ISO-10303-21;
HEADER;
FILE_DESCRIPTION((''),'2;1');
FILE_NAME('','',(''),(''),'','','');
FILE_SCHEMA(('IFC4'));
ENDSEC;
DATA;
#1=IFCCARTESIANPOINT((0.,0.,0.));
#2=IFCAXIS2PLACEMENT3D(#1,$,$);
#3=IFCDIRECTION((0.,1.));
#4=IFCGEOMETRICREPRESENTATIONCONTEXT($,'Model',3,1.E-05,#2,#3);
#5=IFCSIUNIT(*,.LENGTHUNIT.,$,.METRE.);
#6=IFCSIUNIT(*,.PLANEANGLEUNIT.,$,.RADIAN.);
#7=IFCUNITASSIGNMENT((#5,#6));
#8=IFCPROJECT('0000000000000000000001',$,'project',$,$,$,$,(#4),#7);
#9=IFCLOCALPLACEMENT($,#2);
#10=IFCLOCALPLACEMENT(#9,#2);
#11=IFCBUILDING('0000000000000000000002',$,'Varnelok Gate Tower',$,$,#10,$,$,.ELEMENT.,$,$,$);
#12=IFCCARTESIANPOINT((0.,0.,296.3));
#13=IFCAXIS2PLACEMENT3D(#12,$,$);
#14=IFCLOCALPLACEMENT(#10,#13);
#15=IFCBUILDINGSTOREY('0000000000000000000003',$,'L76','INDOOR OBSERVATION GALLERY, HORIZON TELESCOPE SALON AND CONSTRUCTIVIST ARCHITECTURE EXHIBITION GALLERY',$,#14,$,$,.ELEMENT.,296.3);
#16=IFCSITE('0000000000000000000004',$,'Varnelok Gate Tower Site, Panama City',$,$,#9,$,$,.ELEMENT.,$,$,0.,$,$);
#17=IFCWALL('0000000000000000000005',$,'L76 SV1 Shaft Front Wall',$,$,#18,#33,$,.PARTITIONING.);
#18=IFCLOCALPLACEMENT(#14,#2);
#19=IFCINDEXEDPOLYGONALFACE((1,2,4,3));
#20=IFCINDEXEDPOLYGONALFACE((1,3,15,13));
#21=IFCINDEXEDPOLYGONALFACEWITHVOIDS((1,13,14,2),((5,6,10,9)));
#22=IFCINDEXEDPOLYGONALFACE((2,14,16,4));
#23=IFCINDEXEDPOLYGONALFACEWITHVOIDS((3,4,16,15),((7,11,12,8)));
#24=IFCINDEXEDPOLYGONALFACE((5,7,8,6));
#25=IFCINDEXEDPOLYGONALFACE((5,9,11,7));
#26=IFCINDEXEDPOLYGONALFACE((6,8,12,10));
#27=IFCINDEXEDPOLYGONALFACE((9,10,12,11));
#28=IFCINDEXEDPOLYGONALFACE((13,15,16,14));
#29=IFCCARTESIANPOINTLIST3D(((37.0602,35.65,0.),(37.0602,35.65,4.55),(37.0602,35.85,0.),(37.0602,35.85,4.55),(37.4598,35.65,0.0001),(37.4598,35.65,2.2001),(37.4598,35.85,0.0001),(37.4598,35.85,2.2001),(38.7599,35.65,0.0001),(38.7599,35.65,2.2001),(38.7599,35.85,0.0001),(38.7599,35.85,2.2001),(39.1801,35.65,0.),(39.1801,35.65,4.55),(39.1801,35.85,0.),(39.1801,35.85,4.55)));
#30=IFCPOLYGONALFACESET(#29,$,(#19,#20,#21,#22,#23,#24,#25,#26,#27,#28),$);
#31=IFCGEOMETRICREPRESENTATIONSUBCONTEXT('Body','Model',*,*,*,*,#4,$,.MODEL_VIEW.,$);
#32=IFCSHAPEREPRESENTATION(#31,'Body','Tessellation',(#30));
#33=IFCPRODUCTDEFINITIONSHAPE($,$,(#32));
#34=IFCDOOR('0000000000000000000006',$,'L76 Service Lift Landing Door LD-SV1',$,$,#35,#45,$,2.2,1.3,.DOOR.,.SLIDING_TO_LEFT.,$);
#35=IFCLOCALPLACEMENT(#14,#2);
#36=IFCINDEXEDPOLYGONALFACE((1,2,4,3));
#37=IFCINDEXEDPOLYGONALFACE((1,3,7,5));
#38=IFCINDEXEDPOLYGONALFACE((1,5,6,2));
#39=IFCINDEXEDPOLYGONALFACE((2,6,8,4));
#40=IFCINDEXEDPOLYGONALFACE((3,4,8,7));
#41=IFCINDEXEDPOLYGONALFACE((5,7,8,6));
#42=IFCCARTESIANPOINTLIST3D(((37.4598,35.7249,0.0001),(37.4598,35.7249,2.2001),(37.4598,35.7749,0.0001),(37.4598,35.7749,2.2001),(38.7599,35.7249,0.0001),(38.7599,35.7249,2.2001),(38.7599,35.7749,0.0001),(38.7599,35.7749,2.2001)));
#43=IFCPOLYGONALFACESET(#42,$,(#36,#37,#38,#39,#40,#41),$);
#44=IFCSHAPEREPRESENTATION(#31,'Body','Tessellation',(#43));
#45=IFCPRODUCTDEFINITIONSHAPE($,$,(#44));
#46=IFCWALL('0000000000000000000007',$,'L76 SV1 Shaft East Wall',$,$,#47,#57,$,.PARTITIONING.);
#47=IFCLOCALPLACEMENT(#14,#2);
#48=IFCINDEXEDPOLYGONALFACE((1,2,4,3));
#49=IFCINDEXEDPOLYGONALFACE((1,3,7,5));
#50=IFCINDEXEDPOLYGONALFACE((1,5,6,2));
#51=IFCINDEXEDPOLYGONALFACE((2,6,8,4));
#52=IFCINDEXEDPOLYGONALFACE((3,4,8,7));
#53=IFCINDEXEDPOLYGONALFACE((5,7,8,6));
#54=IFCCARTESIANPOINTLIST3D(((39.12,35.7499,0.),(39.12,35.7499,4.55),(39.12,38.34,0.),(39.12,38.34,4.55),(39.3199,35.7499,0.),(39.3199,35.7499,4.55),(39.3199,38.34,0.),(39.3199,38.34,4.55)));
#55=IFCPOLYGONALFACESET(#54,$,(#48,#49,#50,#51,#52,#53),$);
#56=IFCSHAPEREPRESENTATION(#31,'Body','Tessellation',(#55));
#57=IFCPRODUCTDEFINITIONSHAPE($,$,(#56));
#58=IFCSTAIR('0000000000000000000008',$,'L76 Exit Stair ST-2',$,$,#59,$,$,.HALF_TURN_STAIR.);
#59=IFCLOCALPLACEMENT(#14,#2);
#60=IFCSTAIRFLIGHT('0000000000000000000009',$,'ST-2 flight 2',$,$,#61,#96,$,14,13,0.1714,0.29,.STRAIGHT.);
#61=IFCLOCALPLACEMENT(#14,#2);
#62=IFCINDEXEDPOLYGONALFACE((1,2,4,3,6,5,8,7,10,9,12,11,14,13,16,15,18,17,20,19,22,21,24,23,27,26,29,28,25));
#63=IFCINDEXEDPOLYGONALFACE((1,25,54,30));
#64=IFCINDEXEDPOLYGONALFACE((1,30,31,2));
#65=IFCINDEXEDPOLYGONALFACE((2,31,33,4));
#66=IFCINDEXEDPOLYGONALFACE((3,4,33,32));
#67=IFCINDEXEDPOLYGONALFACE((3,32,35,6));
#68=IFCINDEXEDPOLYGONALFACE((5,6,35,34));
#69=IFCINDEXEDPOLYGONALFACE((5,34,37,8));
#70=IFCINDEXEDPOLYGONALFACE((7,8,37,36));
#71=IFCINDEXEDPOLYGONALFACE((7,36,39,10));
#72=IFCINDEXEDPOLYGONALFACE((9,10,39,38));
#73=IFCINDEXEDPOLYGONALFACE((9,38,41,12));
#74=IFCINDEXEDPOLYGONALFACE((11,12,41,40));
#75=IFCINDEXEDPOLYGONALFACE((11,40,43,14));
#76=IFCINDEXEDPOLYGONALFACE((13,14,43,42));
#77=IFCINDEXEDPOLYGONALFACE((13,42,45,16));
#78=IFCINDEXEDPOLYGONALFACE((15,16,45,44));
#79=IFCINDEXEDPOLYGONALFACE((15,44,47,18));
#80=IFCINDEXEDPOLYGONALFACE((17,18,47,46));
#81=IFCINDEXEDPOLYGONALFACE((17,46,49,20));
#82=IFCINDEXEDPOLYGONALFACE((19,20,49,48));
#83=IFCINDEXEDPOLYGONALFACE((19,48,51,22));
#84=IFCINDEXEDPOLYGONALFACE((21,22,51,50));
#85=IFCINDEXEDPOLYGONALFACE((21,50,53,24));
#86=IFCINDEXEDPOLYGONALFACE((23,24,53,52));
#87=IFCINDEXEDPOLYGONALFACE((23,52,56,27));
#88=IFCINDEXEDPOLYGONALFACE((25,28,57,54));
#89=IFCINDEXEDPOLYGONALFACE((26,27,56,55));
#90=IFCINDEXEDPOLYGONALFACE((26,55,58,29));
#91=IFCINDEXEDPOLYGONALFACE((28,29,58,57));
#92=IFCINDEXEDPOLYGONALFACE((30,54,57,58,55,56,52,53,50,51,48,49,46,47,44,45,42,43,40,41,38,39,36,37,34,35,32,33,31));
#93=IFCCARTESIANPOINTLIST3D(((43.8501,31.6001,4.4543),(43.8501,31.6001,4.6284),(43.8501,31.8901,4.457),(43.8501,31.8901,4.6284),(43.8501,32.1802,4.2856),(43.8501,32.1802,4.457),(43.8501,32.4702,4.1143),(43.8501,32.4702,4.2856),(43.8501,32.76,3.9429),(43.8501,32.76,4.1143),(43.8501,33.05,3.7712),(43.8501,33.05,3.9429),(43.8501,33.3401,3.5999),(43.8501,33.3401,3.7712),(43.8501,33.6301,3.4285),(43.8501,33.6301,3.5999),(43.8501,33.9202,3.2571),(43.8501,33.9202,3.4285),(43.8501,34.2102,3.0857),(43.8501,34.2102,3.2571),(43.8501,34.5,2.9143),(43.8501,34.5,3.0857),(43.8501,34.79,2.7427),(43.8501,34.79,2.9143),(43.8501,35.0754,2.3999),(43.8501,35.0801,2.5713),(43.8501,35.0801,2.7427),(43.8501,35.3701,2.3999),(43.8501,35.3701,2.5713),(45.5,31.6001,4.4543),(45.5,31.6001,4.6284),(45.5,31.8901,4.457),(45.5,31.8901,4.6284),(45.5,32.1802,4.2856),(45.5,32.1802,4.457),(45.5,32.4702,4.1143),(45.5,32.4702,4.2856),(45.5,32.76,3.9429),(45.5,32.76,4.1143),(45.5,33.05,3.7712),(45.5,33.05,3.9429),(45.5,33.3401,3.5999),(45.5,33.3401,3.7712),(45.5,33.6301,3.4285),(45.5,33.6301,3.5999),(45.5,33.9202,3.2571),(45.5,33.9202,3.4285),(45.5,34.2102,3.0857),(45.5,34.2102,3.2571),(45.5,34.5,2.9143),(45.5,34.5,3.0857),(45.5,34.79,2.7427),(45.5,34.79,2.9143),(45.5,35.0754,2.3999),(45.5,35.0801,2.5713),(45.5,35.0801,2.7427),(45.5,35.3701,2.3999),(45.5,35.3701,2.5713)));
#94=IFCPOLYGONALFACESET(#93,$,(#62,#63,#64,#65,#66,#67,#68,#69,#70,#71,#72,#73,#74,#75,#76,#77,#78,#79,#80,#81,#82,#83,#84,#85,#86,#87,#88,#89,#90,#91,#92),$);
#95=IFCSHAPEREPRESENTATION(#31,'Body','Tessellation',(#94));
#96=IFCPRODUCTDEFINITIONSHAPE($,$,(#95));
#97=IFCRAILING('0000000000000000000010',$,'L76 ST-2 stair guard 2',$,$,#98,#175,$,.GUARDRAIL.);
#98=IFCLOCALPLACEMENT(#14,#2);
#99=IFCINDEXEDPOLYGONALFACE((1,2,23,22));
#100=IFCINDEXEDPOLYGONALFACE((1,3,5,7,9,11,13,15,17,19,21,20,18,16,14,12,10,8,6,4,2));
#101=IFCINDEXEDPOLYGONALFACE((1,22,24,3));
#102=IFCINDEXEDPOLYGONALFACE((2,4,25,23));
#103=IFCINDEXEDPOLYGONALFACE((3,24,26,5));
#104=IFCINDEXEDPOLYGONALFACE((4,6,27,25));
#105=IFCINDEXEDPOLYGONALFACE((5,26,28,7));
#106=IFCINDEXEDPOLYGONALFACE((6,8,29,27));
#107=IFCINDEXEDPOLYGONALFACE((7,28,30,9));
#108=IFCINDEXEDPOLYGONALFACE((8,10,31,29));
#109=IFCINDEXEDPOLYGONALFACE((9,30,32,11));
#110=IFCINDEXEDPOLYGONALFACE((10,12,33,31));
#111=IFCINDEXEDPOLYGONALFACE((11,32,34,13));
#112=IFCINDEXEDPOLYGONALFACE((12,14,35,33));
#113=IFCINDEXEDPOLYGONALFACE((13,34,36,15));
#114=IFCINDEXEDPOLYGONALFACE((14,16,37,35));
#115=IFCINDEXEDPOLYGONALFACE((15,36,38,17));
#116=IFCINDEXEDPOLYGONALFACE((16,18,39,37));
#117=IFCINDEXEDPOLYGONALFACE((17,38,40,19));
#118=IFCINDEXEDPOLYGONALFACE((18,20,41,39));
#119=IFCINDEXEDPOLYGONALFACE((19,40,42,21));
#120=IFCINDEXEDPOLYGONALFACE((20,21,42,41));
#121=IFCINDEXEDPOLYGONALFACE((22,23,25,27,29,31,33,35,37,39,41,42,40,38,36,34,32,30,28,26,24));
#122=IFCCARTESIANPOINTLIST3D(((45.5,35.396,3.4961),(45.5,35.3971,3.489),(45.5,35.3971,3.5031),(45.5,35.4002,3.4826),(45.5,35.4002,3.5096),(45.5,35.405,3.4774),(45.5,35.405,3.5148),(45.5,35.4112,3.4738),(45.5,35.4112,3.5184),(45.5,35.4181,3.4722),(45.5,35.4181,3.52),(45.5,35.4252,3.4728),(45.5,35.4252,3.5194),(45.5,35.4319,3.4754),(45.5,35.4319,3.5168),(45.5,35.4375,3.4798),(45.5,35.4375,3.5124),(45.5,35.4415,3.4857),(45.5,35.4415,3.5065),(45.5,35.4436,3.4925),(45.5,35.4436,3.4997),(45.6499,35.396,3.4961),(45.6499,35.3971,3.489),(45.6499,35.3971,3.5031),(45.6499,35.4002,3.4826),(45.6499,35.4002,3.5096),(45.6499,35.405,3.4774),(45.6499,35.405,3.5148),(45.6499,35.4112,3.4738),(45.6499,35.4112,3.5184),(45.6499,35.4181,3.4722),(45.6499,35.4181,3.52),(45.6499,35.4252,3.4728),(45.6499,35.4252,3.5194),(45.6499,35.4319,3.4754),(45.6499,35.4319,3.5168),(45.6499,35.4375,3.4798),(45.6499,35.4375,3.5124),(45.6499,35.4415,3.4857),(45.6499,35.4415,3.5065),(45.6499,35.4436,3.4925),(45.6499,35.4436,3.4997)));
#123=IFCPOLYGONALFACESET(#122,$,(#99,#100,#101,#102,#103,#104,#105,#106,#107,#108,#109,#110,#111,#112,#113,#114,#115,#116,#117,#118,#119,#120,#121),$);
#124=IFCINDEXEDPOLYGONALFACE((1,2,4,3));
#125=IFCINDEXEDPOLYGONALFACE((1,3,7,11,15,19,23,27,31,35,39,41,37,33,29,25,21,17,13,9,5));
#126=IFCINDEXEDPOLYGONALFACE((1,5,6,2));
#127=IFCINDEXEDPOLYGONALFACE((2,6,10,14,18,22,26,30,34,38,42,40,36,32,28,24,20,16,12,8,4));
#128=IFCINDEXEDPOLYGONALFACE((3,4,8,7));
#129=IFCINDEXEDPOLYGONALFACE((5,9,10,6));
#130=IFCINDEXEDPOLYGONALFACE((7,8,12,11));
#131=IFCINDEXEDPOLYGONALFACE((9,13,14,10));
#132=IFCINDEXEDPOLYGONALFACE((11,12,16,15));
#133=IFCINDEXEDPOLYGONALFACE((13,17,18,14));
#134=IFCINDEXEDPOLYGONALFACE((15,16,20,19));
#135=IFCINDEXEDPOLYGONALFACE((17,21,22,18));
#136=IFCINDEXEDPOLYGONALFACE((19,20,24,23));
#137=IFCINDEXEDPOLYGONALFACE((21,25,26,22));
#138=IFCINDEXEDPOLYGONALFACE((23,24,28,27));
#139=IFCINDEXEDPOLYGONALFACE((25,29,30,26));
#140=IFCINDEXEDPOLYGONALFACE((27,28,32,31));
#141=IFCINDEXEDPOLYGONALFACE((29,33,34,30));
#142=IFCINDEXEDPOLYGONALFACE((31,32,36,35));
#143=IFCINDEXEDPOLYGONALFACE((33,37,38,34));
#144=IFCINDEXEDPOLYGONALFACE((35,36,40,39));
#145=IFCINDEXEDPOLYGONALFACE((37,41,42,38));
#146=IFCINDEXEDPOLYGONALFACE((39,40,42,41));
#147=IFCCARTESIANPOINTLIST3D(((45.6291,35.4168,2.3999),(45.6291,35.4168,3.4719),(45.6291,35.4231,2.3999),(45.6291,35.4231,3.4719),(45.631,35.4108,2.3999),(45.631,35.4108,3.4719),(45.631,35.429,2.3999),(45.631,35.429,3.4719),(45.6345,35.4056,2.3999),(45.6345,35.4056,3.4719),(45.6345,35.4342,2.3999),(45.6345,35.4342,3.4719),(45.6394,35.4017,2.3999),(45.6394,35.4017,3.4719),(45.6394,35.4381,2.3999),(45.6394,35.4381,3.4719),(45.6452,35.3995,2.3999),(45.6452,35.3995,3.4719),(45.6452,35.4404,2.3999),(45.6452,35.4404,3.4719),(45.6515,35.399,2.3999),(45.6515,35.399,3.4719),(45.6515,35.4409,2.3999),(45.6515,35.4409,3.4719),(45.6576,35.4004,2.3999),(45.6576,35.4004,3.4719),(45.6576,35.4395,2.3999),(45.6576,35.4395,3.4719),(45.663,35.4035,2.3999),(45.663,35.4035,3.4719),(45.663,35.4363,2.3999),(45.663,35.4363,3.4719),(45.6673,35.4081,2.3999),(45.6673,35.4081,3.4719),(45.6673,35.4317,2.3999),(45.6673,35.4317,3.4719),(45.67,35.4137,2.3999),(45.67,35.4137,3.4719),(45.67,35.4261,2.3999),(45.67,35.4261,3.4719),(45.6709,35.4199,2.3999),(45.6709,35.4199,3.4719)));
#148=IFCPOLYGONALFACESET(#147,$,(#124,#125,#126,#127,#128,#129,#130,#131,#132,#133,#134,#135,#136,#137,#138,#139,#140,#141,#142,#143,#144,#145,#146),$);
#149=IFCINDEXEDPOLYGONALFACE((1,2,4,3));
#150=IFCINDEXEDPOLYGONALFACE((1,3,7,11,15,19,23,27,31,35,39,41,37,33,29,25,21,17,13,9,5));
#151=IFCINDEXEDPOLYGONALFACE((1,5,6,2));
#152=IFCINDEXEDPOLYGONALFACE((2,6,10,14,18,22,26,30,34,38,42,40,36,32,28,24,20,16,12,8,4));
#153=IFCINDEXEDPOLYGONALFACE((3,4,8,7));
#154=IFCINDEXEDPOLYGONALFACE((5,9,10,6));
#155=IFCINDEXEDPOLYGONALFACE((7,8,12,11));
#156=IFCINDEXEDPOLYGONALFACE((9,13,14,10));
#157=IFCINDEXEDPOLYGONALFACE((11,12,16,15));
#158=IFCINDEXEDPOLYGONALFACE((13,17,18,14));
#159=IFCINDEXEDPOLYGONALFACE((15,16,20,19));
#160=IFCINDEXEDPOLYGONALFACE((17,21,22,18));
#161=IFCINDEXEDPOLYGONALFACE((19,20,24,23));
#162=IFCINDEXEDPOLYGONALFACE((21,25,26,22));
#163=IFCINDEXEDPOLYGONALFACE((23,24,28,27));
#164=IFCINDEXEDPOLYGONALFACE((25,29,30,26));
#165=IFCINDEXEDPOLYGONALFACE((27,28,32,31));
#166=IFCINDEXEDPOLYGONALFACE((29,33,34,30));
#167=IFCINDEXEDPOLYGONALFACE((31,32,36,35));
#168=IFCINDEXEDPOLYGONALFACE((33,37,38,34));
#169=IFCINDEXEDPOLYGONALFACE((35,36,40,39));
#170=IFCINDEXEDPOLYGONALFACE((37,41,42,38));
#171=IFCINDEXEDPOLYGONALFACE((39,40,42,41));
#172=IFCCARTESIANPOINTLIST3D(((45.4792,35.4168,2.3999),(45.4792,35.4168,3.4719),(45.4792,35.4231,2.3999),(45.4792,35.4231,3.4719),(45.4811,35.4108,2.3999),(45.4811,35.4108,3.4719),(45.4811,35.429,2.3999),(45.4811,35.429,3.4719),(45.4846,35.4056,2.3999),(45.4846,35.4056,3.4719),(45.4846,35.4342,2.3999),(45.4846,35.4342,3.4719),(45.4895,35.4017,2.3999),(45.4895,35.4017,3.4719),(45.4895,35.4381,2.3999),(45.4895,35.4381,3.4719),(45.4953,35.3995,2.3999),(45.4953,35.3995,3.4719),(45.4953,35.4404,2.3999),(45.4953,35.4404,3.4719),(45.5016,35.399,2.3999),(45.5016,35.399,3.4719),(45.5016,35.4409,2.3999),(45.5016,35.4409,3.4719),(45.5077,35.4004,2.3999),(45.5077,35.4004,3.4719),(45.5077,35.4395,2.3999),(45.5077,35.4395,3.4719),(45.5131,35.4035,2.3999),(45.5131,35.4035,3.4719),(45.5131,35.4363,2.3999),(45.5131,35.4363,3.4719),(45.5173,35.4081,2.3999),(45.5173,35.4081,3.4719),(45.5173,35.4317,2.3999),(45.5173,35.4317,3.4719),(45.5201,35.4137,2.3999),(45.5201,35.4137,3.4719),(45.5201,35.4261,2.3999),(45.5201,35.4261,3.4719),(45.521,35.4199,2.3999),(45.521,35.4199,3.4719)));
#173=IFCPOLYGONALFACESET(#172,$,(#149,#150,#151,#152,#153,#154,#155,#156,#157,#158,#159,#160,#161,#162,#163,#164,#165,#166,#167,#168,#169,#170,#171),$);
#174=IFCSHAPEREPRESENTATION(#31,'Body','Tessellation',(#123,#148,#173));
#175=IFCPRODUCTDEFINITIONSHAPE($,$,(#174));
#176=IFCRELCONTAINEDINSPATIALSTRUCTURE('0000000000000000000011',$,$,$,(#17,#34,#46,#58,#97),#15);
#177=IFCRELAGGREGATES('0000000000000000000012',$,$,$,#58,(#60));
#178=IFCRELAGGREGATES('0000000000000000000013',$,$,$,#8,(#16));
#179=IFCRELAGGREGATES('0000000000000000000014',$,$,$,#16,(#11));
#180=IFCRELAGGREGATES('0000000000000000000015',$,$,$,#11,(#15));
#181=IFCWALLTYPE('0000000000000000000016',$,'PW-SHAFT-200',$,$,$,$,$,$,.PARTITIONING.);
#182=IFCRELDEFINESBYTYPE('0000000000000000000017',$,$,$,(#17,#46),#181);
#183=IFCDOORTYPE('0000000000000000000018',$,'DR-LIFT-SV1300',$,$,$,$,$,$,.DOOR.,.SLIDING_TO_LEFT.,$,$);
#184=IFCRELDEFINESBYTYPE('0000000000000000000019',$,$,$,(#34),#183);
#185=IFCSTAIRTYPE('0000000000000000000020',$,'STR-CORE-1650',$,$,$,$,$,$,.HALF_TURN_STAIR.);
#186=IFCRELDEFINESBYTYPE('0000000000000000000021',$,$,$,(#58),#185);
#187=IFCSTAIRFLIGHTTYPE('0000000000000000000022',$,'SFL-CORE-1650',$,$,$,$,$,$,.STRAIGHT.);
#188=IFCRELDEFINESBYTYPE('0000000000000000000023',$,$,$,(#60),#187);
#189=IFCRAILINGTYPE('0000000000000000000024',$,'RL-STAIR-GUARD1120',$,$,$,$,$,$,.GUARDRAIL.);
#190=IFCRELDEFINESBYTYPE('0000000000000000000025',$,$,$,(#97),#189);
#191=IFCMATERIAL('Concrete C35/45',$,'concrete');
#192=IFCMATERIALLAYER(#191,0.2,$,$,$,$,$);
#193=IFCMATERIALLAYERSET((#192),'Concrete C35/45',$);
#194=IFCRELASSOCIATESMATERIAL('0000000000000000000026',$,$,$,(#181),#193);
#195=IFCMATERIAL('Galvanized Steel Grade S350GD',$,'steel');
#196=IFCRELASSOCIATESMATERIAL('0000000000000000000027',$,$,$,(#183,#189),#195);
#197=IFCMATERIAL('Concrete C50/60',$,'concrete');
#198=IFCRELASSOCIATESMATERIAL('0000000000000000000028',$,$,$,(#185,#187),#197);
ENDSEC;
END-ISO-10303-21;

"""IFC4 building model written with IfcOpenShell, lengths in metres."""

from ifc_helpers import new_model, si_unit, direction, frame, frame_2d, origin, origin_2d, place, context, subcontext, project, spatial, polyline, rectangle, circle, outline, extrude, material, layer, layer_set, type_object, element, fill, aggregate, save


model = new_model("IFC4")

# Units and contexts
model_context = context("Model", 3, precision=1e-05, world=origin(), true_north=direction((0.0, 1.0)))
body_context = subcontext(model_context, "Body", "Model", "MODEL_VIEW")
ifc_project = project(units=[si_unit("LENGTHUNIT", "METRE"), si_unit("PLANEANGLEUNIT", "RADIAN")], contexts=[model_context])

# Site, building, storey
site_placement = place(None, origin())
site = spatial("IfcSite", under=ifc_project, at=site_placement, Name="Varnelok Gate Tower Site, Panama City", CompositionType="ELEMENT", RefElevation=0.0)
building_placement = place(site_placement, origin())
building = spatial("IfcBuilding", under=site, at=building_placement, Name="Varnelok Gate Tower", CompositionType="ELEMENT")
storey_placement = place(building_placement, frame((0.0, 0.0, 296.3)))
storey = spatial("IfcBuildingStorey", under=building, at=storey_placement, Name="L76", Description="INDOOR OBSERVATION GALLERY, HORIZON TELESCOPE SALON AND CONSTRUCTIVIST ARCHITECTURE EXHIBITION GALLERY", CompositionType="ELEMENT", Elevation=296.3)

# Shared definitions
ifc_material_1 = material(Name="Concrete C50/60", Category="concrete")

# Shared definitions
ifc_material_2 = material(Name="Galvanized Steel Grade S350GD", Category="steel")

# Shared definitions
ifc_material_3 = material(Name="Concrete C35/45", Category="concrete")
ifc_layer_1 = layer(ifc_material_3, 0.2)
ifc_layer_set_1 = layer_set([ifc_layer_1], Name="Concrete C35/45")
wall_type_1 = type_object("IfcWallType", Name="PW-SHAFT-200", PredefinedType="PARTITIONING", material=ifc_layer_set_1)

# Wall, opening, door
wall_1_placement = place(storey_placement, frame((37.0601, 35.75, 0.0), z_axis=(0.0, 0.0, 1.0), x_axis=(1.0, 0.0, 0.0)))
wall_1 = element("IfcWall", 1, at=wall_1_placement, inside=storey, type_object=wall_type_1, Name="L76 SV1 Shaft Front Wall", PredefinedType="PARTITIONING", context=body_context, shape_type="SweptSolid", body=[
    extrude(rectangle(XDim=2.1199, YDim=0.2, at=frame_2d((1.0601, 0.0))), origin(), (0.0, 0.0, 1.0), 4.55),
])
opening_1_placement = place(wall_1_placement, frame((0.3999, 0.0, 0.0)))
opening_1 = element("IfcOpeningElement", 2, at=opening_1_placement, cuts=wall_1, PredefinedType="OPENING", context=body_context, shape_type="SweptSolid", body=[
    extrude(rectangle(XDim=1.3, YDim=2.2, at=frame_2d((0.6499, 1.1001))), frame((0.0, 0.1099, 0.0), z_axis=(0.0, -1.0, 0.0), x_axis=(1.0, 0.0, 0.0)), (0.0, 0.0, 1.0), 0.22),
])
door_type_1 = type_object("IfcDoorType", Name="DR-LIFT-SV1300", OperationType="SLIDING_TO_LEFT", PredefinedType="DOOR", material=ifc_material_2)
door_1_placement = place(opening_1_placement, origin())
door_1 = element("IfcDoor", 3, at=door_1_placement, inside=storey, type_object=door_type_1, Name="L76 Service Lift Landing Door LD-SV1", OperationType="SLIDING_TO_LEFT", OverallHeight=2.2, OverallWidth=1.3, PredefinedType="DOOR", context=body_context, shape_type="SweptSolid", body=[
    extrude(rectangle(XDim=1.3, YDim=2.2, at=frame_2d((0.6499, 1.1001))), frame((0.0, 0.0249, 0.0), z_axis=(0.0, -1.0, 0.0), x_axis=(1.0, 0.0, 0.0)), (0.0, 0.0, 1.0), 0.05),
])
fill(opening_1, door_1)

# Wall
wall_2_placement = place(storey_placement, frame((39.22, 35.75, 0.0), z_axis=(0.0, 0.0, 1.0), x_axis=(0.0, 1.0, 0.0)))
element("IfcWall", 4, at=wall_2_placement, inside=storey, type_object=wall_type_1, Name="L76 SV1 Shaft East Wall", PredefinedType="PARTITIONING", context=body_context, shape_type="SweptSolid", body=[
    extrude(rectangle(XDim=2.5901, YDim=0.2, at=frame_2d((1.2949, 0.0))), origin(), (0.0, 0.0, 1.0), 4.55),
])

# Stair, stair flight
stair_type = type_object("IfcStairType", Name="STR-CORE-1650", PredefinedType="HALF_TURN_STAIR", material=ifc_material_1)
stair_placement = place(storey_placement, origin())
stair = element("IfcStair", 5, at=stair_placement, inside=storey, type_object=stair_type, Name="L76 Exit Stair ST-2", PredefinedType="HALF_TURN_STAIR")
stair_flight_type = type_object("IfcStairFlightType", Name="SFL-CORE-1650", PredefinedType="STRAIGHT", material=ifc_material_1)
stair_flight_placement = place(storey_placement, frame((44.675, 35.3701, 2.3999), z_axis=(0.0, 0.0, 1.0), x_axis=(0.0, -1.0, 0.0)))
stair_flight = element("IfcStairFlight", 6, at=stair_flight_placement, type_object=stair_flight_type, Name="ST-2 flight 2", NumberOfRisers=14, NumberOfTreads=13, PredefinedType="STRAIGHT", RiserHeight=0.1714, TreadLength=0.29, context=body_context, shape_type="SweptSolid", body=[
    extrude(outline(polyline([(0.0, 0.0), (0.0, 0.1714), (0.29, 0.1714), (0.29, 0.3428), (0.5801, 0.3428), (0.5801, 0.5144), (0.8701, 0.5144), (0.8701, 0.6858), (1.1599, 0.6858), (1.1599, 0.8572), (1.45, 0.8572), (1.45, 1.0286), (1.74, 1.0286), (1.74, 1.2), (2.03, 1.2), (2.03, 1.3713), (2.3201, 1.3713), (2.3201, 1.543), (2.6101, 1.543), (2.6101, 1.7144), (2.8999, 1.7144), (2.8999, 1.8857), (3.1899, 1.8857), (3.1899, 2.0571), (3.48, 2.0571), (3.48, 2.2285), (3.77, 2.2285), (3.77, 2.3999), (3.77, 2.0544), (0.2947, 0.0), (0.0, 0.0)])), frame((0.0, 0.825, 0.0), z_axis=(0.0, -1.0, 0.0), x_axis=(1.0, 0.0, 0.0)), (0.0, 0.0, 1.0), 1.6499),
])
aggregate(stair, [stair_flight])

# Railing
railing_type = type_object("IfcRailingType", Name="RL-STAIR-GUARD1120", PredefinedType="GUARDRAIL", material=ifc_material_2)
railing_1_placement = place(storey_placement, frame((45.6499, 35.4199, 2.3999)))
element("IfcRailing", 7, at=railing_1_placement, inside=storey, type_object=railing_type, Name="L76 ST-2 stair guard 2", PredefinedType="GUARDRAIL", context=body_context, shape_type="SweptSolid", body=[
    extrude(circle(Radius=0.0239, at=origin_2d()), frame((0.0, 0.0, 1.0962), z_axis=(-1.0, 0.0, 0.0), x_axis=(0.0, -1.0, 0.0)), (0.0, 0.0, 1.0), 0.1499),
    extrude(circle(Radius=0.021, at=origin_2d()), origin(), (0.0, 0.0, 1.0), 1.072),
    extrude(circle(Radius=0.021, at=origin_2d()), frame((-0.1499, 0.0, 0.0)), (0.0, 0.0, 1.0), 1.072),
])

save(model, "model.ifc")
